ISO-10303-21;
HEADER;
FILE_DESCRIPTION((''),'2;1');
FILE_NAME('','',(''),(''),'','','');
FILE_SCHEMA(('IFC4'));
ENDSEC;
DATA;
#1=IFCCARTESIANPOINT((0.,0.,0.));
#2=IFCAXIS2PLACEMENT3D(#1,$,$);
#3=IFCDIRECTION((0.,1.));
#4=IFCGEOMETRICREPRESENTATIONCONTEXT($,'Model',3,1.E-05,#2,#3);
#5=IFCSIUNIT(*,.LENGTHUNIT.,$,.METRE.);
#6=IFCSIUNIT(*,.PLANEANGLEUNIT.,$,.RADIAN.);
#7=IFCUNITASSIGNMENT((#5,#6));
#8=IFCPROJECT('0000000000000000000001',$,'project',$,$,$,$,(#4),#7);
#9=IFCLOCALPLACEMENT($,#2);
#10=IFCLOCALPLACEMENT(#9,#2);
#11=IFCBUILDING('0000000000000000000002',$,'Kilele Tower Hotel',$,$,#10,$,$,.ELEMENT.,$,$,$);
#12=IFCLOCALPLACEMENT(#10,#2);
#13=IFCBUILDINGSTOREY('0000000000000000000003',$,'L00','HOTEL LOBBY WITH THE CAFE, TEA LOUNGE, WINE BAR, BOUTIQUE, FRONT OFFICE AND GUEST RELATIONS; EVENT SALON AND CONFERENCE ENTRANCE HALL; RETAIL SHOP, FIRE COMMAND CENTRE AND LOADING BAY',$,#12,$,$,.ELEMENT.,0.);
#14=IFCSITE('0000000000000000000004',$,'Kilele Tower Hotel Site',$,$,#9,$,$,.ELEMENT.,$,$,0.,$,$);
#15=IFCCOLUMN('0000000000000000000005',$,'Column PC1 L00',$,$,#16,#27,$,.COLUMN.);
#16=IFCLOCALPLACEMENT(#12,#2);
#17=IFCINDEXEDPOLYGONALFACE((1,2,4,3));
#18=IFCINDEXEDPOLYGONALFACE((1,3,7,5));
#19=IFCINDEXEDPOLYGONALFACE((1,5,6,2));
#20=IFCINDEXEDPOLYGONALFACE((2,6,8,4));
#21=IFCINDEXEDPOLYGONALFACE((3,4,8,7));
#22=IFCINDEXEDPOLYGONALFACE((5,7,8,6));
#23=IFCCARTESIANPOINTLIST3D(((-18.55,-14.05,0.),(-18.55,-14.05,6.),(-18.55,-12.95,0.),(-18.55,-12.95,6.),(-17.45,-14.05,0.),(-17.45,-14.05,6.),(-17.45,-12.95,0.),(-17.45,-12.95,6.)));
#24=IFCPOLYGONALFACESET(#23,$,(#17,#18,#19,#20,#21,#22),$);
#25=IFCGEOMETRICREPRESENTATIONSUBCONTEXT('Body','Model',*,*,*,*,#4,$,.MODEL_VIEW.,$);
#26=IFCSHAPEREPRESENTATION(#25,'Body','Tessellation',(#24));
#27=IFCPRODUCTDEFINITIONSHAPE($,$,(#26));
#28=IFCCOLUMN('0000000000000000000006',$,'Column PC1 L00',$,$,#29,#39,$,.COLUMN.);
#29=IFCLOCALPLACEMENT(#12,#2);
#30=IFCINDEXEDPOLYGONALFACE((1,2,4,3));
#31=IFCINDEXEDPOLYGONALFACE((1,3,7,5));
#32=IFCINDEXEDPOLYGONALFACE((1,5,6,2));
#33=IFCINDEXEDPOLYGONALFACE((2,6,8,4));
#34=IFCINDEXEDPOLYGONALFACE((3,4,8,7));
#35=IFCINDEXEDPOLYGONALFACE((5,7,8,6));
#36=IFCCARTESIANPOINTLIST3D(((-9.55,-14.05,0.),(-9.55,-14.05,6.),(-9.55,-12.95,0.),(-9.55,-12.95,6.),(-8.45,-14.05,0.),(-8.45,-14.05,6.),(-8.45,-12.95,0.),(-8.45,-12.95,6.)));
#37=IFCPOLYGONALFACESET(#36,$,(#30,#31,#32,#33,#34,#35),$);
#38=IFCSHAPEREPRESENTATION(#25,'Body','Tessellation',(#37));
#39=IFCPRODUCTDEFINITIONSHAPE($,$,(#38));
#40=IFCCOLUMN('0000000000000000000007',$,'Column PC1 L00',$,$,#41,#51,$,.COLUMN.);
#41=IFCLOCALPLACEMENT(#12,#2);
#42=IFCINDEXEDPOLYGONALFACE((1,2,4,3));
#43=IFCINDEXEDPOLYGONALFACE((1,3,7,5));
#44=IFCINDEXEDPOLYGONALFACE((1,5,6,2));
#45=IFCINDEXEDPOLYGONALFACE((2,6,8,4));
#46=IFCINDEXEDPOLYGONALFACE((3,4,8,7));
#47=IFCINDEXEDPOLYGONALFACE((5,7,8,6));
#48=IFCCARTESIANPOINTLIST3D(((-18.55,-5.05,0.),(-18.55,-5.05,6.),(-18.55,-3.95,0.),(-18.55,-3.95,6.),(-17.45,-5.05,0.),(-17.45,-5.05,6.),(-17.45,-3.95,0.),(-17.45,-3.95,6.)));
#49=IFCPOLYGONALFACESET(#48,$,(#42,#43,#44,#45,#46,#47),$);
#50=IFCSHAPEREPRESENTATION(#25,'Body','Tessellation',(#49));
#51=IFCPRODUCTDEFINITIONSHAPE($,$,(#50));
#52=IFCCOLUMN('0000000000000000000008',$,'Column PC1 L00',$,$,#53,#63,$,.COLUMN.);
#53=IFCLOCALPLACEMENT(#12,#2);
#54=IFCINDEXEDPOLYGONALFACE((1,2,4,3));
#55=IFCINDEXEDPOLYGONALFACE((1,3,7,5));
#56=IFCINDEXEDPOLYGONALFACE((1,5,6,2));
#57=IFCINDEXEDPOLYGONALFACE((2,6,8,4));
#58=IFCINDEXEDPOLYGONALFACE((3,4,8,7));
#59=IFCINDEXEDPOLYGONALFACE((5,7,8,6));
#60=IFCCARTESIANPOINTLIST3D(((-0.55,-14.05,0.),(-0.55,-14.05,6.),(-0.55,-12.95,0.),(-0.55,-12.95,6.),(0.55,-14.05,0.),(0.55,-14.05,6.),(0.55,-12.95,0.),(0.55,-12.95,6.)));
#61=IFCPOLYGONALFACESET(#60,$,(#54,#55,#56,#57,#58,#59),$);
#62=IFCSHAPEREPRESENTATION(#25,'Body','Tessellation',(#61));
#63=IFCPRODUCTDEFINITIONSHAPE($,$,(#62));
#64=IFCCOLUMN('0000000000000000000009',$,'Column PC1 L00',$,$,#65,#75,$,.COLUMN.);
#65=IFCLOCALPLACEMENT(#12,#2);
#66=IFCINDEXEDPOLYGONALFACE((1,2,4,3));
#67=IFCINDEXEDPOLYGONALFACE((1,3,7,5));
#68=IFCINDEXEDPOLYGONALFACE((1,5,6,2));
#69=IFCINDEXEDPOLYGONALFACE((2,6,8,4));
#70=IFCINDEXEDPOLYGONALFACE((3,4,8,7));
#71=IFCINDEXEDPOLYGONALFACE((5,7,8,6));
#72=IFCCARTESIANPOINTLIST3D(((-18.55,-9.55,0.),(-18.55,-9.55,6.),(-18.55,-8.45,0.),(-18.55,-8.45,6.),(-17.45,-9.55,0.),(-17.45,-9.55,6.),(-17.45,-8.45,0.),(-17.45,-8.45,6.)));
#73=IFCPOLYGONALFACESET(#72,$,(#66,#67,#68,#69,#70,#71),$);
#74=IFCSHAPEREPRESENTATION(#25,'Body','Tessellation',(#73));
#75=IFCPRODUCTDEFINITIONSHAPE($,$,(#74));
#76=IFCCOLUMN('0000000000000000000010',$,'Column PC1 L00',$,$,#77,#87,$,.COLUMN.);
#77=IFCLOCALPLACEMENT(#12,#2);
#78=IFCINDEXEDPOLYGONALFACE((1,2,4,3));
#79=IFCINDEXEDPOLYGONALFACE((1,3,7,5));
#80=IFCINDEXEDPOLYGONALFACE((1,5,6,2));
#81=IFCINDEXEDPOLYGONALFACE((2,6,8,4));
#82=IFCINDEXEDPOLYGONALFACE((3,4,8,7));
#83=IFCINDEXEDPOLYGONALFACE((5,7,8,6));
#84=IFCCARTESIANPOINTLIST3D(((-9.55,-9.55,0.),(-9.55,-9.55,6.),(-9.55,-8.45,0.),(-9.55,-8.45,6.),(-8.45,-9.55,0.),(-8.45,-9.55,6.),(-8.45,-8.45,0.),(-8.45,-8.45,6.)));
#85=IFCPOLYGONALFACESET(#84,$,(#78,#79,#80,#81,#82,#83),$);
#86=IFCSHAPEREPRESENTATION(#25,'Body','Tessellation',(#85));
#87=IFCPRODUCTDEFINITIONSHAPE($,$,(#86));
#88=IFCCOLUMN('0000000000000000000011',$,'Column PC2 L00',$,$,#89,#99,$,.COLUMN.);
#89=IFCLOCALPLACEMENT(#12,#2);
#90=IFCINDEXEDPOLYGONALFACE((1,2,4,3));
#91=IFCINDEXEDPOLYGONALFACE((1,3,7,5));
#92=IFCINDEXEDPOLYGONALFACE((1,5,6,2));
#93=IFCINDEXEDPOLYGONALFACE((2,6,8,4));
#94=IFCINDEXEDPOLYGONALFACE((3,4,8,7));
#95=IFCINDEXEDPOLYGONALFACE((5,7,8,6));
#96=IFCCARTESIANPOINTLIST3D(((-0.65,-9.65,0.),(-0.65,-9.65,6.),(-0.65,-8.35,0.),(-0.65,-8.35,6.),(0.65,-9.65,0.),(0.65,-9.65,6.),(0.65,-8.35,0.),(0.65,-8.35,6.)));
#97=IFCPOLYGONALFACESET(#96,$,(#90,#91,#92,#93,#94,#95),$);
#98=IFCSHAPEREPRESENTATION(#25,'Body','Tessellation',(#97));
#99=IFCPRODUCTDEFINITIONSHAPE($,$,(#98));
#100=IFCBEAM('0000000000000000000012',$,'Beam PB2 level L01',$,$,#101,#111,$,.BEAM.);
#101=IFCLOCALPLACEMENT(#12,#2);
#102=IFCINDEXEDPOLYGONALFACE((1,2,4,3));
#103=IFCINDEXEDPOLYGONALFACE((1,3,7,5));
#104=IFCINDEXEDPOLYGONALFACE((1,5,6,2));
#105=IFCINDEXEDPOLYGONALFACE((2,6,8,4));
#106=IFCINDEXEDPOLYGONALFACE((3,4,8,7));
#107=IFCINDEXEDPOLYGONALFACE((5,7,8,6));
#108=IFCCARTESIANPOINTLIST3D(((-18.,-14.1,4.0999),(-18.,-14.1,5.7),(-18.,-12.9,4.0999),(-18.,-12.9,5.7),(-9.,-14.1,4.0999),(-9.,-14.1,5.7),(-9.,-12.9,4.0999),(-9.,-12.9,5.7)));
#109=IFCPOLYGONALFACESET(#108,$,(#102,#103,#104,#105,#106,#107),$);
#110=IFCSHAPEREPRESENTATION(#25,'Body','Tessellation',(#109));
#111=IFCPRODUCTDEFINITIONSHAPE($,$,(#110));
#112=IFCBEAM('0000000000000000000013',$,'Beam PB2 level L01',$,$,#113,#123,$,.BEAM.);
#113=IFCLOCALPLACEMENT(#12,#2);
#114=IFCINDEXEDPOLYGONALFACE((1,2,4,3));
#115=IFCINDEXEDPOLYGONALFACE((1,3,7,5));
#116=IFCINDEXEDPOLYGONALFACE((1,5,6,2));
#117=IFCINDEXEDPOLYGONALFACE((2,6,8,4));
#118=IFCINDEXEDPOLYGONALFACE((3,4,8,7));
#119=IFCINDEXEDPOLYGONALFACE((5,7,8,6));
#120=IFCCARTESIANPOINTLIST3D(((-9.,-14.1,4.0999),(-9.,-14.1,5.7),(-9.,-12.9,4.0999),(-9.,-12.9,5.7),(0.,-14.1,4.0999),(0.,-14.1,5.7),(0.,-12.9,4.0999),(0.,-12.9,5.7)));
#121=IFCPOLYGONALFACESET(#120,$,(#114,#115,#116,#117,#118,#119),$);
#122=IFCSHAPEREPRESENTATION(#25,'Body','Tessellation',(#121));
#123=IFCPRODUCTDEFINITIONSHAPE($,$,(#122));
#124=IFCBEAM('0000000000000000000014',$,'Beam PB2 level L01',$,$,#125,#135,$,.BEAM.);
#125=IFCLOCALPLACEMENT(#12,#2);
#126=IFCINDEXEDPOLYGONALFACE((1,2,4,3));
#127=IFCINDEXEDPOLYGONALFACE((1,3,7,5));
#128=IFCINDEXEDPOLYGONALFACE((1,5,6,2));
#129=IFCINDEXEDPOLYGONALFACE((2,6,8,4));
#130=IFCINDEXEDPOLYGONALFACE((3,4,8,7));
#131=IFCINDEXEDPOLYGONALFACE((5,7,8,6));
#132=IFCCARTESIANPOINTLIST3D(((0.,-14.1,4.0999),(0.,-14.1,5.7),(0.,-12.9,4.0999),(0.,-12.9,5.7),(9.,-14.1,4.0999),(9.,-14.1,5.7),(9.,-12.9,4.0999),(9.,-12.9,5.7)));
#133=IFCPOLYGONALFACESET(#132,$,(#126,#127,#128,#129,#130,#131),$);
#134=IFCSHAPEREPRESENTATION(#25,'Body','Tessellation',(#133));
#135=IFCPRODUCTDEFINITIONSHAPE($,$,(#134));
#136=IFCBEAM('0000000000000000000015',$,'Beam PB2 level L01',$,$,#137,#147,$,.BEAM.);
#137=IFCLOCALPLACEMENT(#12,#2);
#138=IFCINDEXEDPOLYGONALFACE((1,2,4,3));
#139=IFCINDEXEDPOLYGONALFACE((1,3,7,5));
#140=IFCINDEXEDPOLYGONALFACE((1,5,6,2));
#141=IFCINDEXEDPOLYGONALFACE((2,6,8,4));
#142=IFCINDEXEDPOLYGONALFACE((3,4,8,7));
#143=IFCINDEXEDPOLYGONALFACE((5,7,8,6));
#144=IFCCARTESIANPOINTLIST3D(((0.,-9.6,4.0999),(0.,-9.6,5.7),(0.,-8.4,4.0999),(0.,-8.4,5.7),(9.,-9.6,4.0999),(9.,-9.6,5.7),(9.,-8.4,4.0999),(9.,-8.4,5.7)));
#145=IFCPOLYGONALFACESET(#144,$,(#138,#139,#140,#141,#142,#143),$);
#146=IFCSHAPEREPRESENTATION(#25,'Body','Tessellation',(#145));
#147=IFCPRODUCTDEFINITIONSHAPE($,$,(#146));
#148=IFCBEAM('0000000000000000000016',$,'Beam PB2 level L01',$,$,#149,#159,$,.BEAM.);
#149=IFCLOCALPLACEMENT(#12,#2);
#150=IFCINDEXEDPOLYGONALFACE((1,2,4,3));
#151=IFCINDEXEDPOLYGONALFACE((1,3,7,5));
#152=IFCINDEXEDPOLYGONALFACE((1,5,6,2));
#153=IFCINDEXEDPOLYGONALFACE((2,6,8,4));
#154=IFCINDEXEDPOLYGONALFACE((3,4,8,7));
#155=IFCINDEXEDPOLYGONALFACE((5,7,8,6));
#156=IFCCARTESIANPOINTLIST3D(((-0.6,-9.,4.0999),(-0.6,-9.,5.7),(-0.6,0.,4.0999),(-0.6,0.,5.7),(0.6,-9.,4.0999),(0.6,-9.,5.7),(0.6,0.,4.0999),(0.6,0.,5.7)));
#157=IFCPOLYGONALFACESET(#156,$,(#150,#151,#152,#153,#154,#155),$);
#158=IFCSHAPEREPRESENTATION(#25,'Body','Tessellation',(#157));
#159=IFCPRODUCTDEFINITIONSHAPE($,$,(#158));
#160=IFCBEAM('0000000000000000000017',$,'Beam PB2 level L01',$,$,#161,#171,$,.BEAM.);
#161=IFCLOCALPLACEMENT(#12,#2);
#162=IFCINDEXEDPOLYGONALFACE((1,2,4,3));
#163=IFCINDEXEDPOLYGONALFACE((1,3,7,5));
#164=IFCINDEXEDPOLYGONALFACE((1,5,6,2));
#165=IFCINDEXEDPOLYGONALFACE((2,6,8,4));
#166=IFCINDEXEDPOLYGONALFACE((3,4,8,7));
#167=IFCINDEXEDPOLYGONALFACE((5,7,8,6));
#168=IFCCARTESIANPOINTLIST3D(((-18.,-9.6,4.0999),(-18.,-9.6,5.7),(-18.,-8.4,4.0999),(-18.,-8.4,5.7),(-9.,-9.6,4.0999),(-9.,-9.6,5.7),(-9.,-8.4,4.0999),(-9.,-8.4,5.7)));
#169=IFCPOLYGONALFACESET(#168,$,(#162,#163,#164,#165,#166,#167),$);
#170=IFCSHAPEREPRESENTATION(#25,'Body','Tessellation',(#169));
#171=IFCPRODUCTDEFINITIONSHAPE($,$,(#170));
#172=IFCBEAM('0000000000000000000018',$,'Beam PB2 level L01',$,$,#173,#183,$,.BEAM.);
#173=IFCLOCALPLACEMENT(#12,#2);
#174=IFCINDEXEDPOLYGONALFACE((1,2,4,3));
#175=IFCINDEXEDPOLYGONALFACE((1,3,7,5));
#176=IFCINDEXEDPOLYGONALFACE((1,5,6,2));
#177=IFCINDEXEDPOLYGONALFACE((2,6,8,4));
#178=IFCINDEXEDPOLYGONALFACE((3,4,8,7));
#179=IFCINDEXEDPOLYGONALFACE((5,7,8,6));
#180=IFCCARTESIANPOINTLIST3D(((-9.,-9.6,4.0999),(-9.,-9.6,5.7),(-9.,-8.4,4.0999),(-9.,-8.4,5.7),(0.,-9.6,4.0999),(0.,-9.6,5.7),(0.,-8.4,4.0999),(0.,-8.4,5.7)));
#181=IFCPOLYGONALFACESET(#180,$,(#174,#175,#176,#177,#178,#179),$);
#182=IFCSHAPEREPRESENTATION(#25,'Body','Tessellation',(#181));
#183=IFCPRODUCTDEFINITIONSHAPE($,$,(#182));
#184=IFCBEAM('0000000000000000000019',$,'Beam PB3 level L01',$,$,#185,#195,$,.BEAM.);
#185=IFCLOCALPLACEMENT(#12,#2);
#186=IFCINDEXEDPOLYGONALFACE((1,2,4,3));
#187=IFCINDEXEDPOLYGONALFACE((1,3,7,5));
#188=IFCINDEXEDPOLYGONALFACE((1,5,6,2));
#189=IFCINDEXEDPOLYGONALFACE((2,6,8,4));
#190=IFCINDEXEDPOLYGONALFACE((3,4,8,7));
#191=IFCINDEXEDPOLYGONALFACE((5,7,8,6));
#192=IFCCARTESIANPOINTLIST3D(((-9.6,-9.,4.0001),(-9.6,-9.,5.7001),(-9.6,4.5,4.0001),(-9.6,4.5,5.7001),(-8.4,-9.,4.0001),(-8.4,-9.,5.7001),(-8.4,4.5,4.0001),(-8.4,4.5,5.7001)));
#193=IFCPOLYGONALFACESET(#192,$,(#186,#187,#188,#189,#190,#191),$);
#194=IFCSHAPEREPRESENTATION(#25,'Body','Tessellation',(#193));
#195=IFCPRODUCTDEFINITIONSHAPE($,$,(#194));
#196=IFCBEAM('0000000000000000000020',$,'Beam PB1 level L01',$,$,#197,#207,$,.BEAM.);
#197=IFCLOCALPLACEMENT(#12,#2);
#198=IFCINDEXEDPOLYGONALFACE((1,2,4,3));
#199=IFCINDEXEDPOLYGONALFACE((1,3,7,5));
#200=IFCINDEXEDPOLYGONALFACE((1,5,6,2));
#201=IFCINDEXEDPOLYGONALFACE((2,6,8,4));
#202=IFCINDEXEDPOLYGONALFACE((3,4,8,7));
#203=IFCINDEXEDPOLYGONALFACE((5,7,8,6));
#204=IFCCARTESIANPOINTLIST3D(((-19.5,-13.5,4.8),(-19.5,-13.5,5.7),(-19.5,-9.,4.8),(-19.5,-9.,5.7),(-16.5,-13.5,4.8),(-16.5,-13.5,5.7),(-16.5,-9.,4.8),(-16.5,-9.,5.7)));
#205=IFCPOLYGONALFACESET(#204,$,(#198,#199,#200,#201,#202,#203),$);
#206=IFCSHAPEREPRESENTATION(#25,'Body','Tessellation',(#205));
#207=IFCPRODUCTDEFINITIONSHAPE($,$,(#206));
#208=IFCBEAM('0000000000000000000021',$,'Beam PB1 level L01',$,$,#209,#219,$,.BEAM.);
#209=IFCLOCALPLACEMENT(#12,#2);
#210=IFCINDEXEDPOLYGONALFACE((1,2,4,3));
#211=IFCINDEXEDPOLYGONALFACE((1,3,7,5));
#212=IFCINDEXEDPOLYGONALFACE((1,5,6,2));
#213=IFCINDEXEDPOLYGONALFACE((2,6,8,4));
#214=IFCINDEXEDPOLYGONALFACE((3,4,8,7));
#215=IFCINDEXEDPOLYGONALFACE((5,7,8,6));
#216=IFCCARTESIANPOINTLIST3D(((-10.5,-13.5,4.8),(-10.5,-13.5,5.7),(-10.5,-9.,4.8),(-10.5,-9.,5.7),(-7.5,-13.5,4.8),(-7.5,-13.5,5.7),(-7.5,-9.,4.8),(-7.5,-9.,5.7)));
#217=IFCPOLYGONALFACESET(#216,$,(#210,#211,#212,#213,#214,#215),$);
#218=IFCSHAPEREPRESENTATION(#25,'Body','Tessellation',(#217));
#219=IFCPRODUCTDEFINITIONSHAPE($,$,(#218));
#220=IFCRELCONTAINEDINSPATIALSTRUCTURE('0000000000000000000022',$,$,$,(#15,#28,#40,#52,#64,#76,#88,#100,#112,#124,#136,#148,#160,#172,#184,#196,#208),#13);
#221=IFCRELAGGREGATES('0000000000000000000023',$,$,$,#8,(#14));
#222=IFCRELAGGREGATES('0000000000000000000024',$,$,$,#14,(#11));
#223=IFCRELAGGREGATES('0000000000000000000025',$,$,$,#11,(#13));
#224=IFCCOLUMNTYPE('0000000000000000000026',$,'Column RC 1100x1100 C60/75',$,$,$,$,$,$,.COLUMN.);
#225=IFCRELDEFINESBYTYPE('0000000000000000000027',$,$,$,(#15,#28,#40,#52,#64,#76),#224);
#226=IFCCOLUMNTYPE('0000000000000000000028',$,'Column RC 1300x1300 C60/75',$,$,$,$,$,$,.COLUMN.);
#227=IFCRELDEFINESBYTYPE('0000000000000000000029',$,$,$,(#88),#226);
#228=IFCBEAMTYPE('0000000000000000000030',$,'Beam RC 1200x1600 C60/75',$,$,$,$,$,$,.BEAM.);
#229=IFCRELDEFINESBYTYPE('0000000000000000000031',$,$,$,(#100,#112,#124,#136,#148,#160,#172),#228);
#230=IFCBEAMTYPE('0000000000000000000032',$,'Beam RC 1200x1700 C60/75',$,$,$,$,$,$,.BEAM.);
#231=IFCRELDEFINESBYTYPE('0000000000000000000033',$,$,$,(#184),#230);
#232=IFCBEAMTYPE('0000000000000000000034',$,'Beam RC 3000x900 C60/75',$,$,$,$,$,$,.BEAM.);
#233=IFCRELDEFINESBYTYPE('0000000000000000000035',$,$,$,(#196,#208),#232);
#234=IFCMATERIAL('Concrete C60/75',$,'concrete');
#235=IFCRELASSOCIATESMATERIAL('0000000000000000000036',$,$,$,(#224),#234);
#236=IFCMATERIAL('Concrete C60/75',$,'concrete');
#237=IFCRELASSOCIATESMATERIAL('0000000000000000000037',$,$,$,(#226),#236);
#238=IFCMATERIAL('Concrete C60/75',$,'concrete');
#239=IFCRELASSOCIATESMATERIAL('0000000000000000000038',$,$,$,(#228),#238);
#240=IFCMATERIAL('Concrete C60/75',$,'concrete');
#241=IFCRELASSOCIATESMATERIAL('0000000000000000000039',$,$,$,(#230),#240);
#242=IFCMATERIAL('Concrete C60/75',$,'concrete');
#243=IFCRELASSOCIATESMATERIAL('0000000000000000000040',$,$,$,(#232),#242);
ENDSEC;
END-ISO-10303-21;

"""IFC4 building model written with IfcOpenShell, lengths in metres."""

from ifc_helpers import new_model, si_unit, direction, frame, origin, origin_2d, place, context, subcontext, project, spatial, rectangle, extrude, material, material_profile, profile_set, type_object, element, save


model = new_model("IFC4")

# Units and contexts
model_context = context("Model", 3, precision=1e-05, world=origin(), true_north=direction((0.0, 1.0)))
body_context = subcontext(model_context, "Body", "Model", "MODEL_VIEW")
ifc_project = project(units=[si_unit("LENGTHUNIT", "METRE"), si_unit("PLANEANGLEUNIT", "RADIAN")], contexts=[model_context])

# Site, building, storey
site_placement = place(None, origin())
site = spatial("IfcSite", under=ifc_project, at=site_placement, Name="Kilele Tower Hotel Site", CompositionType="ELEMENT", RefElevation=0.0)
building_placement = place(site_placement, origin())
building = spatial("IfcBuilding", under=site, at=building_placement, Name="Kilele Tower Hotel", CompositionType="ELEMENT")
storey_placement = place(building_placement, origin())
storey = spatial("IfcBuildingStorey", under=building, at=storey_placement, Name="L00", Description="HOTEL LOBBY WITH THE CAFE, TEA LOUNGE, WINE BAR, BOUTIQUE, FRONT OFFICE AND GUEST RELATIONS; EVENT SALON AND CONFERENCE ENTRANCE HALL; RETAIL SHOP, FIRE COMMAND CENTRE AND LOADING BAY", CompositionType="ELEMENT", Elevation=0.0)

# Columns
ifc_material_1 = material(Name="Concrete C60/75", Category="concrete")
ifc_material_profile_1 = material_profile(ifc_material_1, rectangle(XDim=1.1001, YDim=1.1001, at=origin_2d()))
ifc_profile_set_1 = profile_set([ifc_material_profile_1], Name="Concrete C60/75")
column_type_1 = type_object("IfcColumnType", Name="Column RC 1100x1100 C60/75", PredefinedType="COLUMN", material=ifc_profile_set_1)
for number, where, z_axis, x_axis, name in (
    (1, (-18.0, -13.5, 0.0), (0.0, 0.0, 1.0), (1.0, 0.0, 0.0), "Column PC1 L00"),
    (2, (-9.0, -13.5, 0.0), (0.0, 0.0, 1.0), (1.0, 0.0, 0.0), "Column PC1 L00"),
    (3, (-18.0, -4.5, 0.0), (0.0, 0.0, 1.0), (1.0, 0.0, 0.0), "Column PC1 L00"),
    (4, (0.0, -13.5, 0.0), (0.0, 0.0, 1.0), (1.0, 0.0, 0.0), "Column PC1 L00"),
    (5, (-18.0, -9.0, 0.0), (0.0, 0.0, 1.0), (1.0, 0.0, 0.0), "Column PC1 L00"),
    (6, (-9.0, -9.0, 0.0), (0.0, 0.0, 1.0), (1.0, 0.0, 0.0), "Column PC1 L00"),
):
    element("IfcColumn", number, at=place(storey_placement, frame(where, z_axis=z_axis, x_axis=x_axis)), inside=storey, type_object=column_type_1, Name=name, PredefinedType="COLUMN", context=body_context, shape_type="SweptSolid", body=[
        extrude(rectangle(XDim=1.1001, YDim=1.1001, at=origin_2d()), origin(), (0.0, 0.0, 1.0), 6.0),
    ])
ifc_material_2 = material(Name="Concrete C60/75", Category="concrete")
ifc_material_profile_2 = material_profile(ifc_material_2, rectangle(XDim=1.3, YDim=1.3, at=origin_2d()))
ifc_profile_set_2 = profile_set([ifc_material_profile_2], Name="Concrete C60/75")
column_type_2 = type_object("IfcColumnType", Name="Column RC 1300x1300 C60/75", PredefinedType="COLUMN", material=ifc_profile_set_2)
column_placement = place(storey_placement, frame((0.0, -9.0, 0.0), z_axis=(0.0, 0.0, 1.0), x_axis=(1.0, 0.0, 0.0)))
element("IfcColumn", 7, at=column_placement, inside=storey, type_object=column_type_2, Name="Column PC2 L00", PredefinedType="COLUMN", context=body_context, shape_type="SweptSolid", body=[
    extrude(rectangle(XDim=1.3, YDim=1.3, at=origin_2d()), origin(), (0.0, 0.0, 1.0), 6.0),
])

# Beams
ifc_material_3 = material(Name="Concrete C60/75", Category="concrete")
ifc_material_profile_3 = material_profile(ifc_material_3, rectangle(XDim=1.2, YDim=1.6001, at=origin_2d()))
ifc_profile_set_3 = profile_set([ifc_material_profile_3], Name="Concrete C60/75")
beam_type_1 = type_object("IfcBeamType", Name="Beam RC 1200x1600 C60/75", PredefinedType="BEAM", material=ifc_profile_set_3)
for number, where, z_axis, x_axis, name in (
    (8, (-18.0, -13.5, 4.8999), (1.0, 0.0, 0.0), (0.0, 1.0, 0.0), "Beam PB2 level L01"),
    (9, (-9.0, -13.5, 4.8999), (1.0, 0.0, 0.0), (0.0, 1.0, 0.0), "Beam PB2 level L01"),
    (10, (0.0, -13.5, 4.8999), (1.0, 0.0, 0.0), (0.0, 1.0, 0.0), "Beam PB2 level L01"),
    (11, (0.0, -9.0, 4.8999), (1.0, 0.0, 0.0), (0.0, 1.0, 0.0), "Beam PB2 level L01"),
    (12, (0.0, -9.0, 4.8999), (0.0, 1.0, 0.0), (-1.0, 0.0, 0.0), "Beam PB2 level L01"),
    (13, (-18.0, -9.0, 4.8999), (1.0, 0.0, 0.0), (0.0, 1.0, 0.0), "Beam PB2 level L01"),
    (14, (-9.0, -9.0, 4.8999), (1.0, 0.0, 0.0), (0.0, 1.0, 0.0), "Beam PB2 level L01"),
):
    element("IfcBeam", number, at=place(storey_placement, frame(where, z_axis=z_axis, x_axis=x_axis)), inside=storey, type_object=beam_type_1, Name=name, PredefinedType="BEAM", context=body_context, shape_type="SweptSolid", body=[
        extrude(rectangle(XDim=1.2, YDim=1.6001, at=origin_2d()), origin(), (0.0, 0.0, 1.0), 9.0),
    ])
ifc_material_4 = material(Name="Concrete C60/75", Category="concrete")
ifc_material_profile_4 = material_profile(ifc_material_4, rectangle(XDim=1.2, YDim=1.7, at=origin_2d()))
ifc_profile_set_4 = profile_set([ifc_material_profile_4], Name="Concrete C60/75")
beam_type_2 = type_object("IfcBeamType", Name="Beam RC 1200x1700 C60/75", PredefinedType="BEAM", material=ifc_profile_set_4)
beam_placement = place(storey_placement, frame((-9.0, -9.0, 4.8501), z_axis=(0.0, 1.0, 0.0), x_axis=(-1.0, 0.0, 0.0)))
element("IfcBeam", 15, at=beam_placement, inside=storey, type_object=beam_type_2, Name="Beam PB3 level L01", PredefinedType="BEAM", context=body_context, shape_type="SweptSolid", body=[
    extrude(rectangle(XDim=1.2, YDim=1.7, at=origin_2d()), origin(), (0.0, 0.0, 1.0), 13.5),
])
ifc_material_5 = material(Name="Concrete C60/75", Category="concrete")
ifc_material_profile_5 = material_profile(ifc_material_5, rectangle(XDim=3.0, YDim=0.8999, at=origin_2d()))
ifc_profile_set_5 = profile_set([ifc_material_profile_5], Name="Concrete C60/75")
beam_type_3 = type_object("IfcBeamType", Name="Beam RC 3000x900 C60/75", PredefinedType="BEAM", material=ifc_profile_set_5)
for number, where, z_axis, x_axis, name in (
    (16, (-18.0, -13.5, 5.25), (0.0, 1.0, 0.0), (-1.0, 0.0, 0.0), "Beam PB1 level L01"),
    (17, (-9.0, -13.5, 5.25), (0.0, 1.0, 0.0), (-1.0, 0.0, 0.0), "Beam PB1 level L01"),
):
    element("IfcBeam", number, at=place(storey_placement, frame(where, z_axis=z_axis, x_axis=x_axis)), inside=storey, type_object=beam_type_3, Name=name, PredefinedType="BEAM", context=body_context, shape_type="SweptSolid", body=[
        extrude(rectangle(XDim=3.0, YDim=0.8999, at=origin_2d()), origin(), (0.0, 0.0, 1.0), 4.5),
    ])

save(model, "model.ifc")
